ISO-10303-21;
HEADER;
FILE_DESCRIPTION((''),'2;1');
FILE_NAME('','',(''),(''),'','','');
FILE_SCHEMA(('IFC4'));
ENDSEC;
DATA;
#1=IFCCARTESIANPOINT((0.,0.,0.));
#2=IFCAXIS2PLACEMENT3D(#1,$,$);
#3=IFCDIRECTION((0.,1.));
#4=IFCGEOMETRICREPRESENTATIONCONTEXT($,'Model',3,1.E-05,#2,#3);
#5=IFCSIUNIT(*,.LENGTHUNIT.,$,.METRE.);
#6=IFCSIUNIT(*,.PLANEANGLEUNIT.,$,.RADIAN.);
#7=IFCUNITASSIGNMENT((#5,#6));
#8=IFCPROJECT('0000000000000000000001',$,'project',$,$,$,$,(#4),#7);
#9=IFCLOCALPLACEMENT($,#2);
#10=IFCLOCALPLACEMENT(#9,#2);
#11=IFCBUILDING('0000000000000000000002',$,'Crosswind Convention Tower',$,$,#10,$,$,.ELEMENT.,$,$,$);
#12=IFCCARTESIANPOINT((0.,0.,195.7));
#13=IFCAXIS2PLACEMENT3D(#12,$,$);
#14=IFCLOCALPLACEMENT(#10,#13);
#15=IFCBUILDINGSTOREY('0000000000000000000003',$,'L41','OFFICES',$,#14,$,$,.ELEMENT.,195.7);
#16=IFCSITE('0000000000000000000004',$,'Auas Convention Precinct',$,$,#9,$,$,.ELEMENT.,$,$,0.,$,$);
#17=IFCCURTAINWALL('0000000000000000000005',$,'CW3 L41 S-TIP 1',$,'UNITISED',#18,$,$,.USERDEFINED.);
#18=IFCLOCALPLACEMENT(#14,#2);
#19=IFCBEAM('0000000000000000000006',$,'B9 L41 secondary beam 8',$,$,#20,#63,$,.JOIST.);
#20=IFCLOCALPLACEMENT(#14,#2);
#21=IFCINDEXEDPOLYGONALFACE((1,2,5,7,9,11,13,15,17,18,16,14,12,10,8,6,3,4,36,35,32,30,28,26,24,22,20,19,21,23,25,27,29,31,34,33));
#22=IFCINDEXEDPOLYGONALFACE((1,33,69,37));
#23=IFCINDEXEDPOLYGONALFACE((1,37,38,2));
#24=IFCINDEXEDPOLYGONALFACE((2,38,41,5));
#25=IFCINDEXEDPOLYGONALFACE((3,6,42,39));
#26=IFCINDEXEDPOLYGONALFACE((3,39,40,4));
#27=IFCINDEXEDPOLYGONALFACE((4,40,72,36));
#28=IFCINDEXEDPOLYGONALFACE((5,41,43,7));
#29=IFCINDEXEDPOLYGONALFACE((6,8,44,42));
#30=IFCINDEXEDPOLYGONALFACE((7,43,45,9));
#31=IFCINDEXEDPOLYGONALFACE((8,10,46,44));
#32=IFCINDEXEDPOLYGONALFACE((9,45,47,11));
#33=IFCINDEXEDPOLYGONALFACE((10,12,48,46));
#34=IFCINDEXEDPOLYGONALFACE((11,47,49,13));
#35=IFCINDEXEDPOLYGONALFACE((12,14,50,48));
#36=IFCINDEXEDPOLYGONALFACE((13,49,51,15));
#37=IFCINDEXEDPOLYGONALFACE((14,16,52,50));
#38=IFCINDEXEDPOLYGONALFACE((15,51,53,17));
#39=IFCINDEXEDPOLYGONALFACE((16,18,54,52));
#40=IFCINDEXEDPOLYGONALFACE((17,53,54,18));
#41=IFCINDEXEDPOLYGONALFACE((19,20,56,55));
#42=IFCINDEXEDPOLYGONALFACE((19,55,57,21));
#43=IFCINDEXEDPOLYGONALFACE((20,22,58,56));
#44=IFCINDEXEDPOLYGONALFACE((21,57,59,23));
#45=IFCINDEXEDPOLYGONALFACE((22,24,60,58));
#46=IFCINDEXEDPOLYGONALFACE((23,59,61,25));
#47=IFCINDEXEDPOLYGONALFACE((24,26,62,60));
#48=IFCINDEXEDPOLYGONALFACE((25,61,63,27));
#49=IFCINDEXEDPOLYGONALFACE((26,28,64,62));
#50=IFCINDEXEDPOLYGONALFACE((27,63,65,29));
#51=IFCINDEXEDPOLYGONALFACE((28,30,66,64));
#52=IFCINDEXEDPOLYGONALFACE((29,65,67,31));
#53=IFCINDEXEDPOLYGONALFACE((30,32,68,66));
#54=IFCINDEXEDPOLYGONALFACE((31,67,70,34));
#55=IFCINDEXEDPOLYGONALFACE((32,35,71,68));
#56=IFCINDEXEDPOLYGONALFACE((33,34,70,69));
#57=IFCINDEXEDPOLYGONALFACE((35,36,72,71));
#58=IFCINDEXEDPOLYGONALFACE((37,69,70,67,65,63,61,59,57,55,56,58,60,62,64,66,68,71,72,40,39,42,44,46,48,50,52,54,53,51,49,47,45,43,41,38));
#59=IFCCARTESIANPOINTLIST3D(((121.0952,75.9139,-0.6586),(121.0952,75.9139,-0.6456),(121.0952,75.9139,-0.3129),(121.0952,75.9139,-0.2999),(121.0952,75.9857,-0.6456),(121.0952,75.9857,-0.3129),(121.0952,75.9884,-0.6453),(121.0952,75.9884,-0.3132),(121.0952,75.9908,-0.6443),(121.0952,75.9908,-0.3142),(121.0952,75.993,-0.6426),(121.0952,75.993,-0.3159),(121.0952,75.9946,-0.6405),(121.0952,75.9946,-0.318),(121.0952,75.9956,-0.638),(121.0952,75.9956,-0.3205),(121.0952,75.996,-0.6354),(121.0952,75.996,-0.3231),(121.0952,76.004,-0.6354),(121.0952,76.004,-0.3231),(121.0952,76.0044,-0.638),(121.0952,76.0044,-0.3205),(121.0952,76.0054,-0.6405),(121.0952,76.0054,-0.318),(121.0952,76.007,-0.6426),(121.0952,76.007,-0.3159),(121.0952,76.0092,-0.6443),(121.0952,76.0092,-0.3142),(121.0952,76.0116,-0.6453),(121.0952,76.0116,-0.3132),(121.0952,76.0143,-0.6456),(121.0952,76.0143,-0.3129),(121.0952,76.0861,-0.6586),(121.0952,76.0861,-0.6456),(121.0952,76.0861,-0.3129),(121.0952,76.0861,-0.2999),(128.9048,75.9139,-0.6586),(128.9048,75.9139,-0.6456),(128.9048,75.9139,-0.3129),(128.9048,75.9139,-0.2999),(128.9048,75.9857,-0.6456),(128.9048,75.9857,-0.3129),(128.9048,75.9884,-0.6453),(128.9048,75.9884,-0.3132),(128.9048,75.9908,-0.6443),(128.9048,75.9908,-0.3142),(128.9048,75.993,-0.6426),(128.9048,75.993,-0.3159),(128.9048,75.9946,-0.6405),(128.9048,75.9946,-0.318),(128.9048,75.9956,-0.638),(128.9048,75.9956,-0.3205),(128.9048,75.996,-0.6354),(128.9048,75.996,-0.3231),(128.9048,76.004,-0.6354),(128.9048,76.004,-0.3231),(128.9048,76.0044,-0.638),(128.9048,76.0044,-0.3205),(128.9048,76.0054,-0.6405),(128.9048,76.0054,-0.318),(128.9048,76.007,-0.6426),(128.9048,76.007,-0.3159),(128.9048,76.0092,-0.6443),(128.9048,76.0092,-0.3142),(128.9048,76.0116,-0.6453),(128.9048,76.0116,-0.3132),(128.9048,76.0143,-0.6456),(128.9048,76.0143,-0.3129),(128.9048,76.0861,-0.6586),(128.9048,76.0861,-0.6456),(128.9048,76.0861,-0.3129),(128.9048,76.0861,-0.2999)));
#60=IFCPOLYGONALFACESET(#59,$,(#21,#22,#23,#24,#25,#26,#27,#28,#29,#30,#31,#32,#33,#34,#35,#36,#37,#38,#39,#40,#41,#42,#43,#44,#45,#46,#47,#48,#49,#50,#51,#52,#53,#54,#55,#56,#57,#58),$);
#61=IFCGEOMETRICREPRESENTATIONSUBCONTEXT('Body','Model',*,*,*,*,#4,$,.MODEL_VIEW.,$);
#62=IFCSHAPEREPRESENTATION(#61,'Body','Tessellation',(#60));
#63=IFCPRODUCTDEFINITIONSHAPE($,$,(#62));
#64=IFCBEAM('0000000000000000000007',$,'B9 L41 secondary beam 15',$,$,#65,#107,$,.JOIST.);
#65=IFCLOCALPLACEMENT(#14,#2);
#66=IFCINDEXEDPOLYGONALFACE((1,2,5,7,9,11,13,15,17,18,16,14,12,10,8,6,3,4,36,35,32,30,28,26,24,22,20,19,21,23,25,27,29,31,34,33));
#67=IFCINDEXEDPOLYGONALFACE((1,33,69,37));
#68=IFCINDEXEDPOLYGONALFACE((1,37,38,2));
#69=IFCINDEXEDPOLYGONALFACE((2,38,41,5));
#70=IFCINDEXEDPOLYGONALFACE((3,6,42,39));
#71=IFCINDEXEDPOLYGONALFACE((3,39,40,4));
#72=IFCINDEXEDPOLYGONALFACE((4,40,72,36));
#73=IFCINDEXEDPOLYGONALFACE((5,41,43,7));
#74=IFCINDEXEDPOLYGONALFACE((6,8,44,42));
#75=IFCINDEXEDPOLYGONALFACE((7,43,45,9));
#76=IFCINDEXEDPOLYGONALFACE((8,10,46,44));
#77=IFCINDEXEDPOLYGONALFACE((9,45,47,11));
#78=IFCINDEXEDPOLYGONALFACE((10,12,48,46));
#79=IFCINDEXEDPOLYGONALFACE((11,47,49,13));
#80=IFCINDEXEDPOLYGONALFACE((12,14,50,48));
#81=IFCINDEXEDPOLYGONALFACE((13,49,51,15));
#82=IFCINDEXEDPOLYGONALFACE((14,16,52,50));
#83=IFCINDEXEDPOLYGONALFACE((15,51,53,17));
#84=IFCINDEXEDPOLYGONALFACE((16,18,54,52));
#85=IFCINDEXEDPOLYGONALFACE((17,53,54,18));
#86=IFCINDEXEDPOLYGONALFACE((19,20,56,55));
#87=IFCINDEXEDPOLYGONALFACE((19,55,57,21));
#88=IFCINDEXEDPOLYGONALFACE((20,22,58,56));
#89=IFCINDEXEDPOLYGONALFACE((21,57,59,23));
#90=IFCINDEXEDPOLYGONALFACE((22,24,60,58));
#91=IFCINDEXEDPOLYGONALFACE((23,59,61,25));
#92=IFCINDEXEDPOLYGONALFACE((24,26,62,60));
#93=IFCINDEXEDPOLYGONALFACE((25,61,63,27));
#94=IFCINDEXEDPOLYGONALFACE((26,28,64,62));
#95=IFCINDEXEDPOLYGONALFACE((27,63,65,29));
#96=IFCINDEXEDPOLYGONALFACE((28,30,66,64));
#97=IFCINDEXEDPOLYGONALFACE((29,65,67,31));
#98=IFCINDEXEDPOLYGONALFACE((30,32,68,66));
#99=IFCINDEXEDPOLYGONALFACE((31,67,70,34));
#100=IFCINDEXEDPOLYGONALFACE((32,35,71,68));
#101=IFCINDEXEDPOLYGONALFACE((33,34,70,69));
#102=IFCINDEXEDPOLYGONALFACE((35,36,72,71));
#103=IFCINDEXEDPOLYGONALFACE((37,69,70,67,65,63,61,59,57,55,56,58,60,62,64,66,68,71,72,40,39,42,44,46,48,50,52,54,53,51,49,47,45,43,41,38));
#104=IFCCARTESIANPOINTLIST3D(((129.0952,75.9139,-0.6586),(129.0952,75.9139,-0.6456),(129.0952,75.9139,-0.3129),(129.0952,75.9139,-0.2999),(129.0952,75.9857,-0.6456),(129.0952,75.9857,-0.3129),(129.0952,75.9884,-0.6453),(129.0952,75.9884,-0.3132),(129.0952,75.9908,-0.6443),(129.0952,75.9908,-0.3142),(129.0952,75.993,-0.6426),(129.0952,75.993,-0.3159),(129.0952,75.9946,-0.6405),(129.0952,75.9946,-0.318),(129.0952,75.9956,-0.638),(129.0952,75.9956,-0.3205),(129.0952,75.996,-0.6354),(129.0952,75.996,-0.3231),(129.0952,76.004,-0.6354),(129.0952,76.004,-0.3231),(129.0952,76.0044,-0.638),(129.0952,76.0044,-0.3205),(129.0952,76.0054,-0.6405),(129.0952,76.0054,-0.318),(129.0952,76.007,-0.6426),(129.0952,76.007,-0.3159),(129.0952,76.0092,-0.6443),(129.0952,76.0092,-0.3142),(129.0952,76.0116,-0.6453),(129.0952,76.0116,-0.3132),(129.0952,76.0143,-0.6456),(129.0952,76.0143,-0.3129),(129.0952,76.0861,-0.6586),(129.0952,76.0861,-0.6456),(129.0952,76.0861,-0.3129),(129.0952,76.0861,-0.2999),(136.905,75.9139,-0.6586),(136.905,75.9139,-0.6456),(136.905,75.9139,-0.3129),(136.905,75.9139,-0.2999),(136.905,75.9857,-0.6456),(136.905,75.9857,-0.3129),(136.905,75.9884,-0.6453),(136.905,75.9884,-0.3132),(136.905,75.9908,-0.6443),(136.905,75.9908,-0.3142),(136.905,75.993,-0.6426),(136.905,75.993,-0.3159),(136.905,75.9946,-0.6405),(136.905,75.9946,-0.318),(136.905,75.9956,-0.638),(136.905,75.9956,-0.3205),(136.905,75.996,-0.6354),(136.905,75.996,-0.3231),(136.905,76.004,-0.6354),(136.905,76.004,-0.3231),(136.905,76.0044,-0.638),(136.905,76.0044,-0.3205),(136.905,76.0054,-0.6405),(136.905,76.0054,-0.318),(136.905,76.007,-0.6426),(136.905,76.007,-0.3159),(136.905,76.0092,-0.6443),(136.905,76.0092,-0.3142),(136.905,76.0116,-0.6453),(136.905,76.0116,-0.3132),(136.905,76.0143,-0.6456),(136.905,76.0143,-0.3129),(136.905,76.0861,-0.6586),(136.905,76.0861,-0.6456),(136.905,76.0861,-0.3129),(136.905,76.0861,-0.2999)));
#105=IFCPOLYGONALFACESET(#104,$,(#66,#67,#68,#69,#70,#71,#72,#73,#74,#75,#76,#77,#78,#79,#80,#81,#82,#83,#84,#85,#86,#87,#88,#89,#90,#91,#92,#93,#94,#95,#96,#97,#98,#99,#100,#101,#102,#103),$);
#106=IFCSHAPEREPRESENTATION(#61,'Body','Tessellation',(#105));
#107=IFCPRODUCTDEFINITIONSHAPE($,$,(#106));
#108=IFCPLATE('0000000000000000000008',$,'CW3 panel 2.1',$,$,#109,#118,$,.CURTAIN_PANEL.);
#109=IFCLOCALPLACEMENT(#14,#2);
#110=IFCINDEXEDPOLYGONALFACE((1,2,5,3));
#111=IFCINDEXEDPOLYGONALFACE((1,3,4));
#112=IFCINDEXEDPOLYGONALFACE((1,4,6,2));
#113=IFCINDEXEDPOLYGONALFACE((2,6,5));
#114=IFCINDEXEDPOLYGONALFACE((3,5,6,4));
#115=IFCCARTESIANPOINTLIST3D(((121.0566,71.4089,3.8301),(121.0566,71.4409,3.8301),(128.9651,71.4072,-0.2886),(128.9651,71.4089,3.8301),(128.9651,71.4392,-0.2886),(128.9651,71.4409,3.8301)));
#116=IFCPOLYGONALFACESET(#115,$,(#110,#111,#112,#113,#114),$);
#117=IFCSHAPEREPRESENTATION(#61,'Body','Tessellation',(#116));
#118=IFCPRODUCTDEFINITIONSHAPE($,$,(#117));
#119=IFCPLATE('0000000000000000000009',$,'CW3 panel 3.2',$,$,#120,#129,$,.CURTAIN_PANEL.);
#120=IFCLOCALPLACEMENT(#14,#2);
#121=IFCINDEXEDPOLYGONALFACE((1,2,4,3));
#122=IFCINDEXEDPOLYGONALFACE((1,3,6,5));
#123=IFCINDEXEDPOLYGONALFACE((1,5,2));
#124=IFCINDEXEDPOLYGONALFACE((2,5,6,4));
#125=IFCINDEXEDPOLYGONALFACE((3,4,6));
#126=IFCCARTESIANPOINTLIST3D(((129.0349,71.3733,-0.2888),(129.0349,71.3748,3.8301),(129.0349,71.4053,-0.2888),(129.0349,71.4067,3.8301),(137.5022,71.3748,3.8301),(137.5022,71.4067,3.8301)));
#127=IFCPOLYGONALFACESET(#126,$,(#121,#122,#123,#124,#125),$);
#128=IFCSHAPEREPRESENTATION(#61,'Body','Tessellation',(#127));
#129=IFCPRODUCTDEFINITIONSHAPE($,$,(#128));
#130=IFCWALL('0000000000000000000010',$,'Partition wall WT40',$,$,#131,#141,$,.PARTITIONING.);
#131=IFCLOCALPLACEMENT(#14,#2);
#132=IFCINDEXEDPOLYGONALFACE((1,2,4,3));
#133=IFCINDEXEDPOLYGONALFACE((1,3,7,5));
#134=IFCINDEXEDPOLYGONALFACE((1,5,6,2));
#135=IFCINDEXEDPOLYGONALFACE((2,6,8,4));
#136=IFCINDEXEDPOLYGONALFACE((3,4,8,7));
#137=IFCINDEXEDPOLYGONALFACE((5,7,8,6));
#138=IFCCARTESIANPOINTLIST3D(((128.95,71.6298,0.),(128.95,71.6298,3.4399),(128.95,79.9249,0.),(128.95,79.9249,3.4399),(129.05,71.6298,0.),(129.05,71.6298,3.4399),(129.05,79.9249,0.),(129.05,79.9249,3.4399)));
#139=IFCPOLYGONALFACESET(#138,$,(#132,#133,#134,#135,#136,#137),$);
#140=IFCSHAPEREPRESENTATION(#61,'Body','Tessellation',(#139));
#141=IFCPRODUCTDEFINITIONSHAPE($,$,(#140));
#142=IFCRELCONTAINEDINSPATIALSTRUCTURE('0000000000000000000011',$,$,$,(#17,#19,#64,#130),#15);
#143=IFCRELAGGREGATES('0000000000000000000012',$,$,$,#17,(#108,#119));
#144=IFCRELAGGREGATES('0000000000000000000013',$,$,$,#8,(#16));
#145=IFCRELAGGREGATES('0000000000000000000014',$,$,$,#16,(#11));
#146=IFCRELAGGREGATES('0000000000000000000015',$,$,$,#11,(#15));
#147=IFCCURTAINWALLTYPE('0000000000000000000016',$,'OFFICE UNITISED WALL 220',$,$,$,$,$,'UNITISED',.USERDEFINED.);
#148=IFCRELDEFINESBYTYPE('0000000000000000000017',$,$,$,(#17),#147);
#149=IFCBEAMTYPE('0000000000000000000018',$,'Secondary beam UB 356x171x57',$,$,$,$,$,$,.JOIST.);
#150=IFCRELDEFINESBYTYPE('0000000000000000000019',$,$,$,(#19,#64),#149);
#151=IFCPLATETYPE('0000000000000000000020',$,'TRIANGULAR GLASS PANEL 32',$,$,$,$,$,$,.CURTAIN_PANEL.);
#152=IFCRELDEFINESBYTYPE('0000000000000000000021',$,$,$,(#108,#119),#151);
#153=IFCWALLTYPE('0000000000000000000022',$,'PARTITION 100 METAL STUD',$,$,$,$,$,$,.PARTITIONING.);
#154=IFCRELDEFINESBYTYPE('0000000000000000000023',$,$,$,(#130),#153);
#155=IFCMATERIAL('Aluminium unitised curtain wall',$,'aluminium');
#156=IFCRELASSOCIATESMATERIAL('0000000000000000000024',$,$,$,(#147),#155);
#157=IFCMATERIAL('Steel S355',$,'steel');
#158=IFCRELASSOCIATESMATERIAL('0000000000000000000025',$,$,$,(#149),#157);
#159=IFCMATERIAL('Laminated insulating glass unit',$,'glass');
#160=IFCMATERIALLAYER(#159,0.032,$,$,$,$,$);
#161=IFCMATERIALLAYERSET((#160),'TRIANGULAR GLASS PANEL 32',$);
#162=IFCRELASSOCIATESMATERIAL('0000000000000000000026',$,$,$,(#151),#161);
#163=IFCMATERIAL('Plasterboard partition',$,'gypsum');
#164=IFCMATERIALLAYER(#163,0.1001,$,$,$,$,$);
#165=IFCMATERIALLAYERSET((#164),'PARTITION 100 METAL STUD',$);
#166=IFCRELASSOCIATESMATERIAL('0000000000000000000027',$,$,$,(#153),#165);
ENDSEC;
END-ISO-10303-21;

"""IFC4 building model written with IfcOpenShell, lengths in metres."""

from ifc_helpers import new_model, si_unit, direction, frame, frame_2d, origin, origin_2d, place, context, subcontext, project, spatial, polyline, rectangle, i_section, outline, extrude, material, layer, layer_set, material_profile, profile_set, type_object, element, aggregate, save


model = new_model("IFC4")

# Units and contexts
model_context = context("Model", 3, precision=1e-05, world=origin(), true_north=direction((0.0, 1.0)))
body_context = subcontext(model_context, "Body", "Model", "MODEL_VIEW")
ifc_project = project(units=[si_unit("LENGTHUNIT", "METRE"), si_unit("PLANEANGLEUNIT", "RADIAN")], contexts=[model_context])

# Site, building, storey
site_placement = place(None, origin())
site = spatial("IfcSite", under=ifc_project, at=site_placement, Name="Auas Convention Precinct", CompositionType="ELEMENT", RefElevation=0.0)
building_placement = place(site_placement, origin())
building = spatial("IfcBuilding", under=site, at=building_placement, Name="Crosswind Convention Tower", CompositionType="ELEMENT")
storey_placement = place(building_placement, frame((0.0, 0.0, 195.7)))
storey = spatial("IfcBuildingStorey", under=building, at=storey_placement, Name="L41", Description="OFFICES", CompositionType="ELEMENT", Elevation=195.7)

# Shared definitions
ifc_material_1 = material(Name="Steel S355", Category="steel")

# Curtain wall
ifc_material_2 = material(Name="Aluminium unitised curtain wall", Category="aluminium")
curtain_wall_type = type_object("IfcCurtainWallType", Name="OFFICE UNITISED WALL 220", ElementType="UNITISED", PredefinedType="USERDEFINED", material=ifc_material_2)
curtain_wall_placement = place(storey_placement, origin())
curtain_wall = element("IfcCurtainWall", 1, at=curtain_wall_placement, inside=storey, type_object=curtain_wall_type, Name="CW3 L41 S-TIP 1", ObjectType="UNITISED", PredefinedType="USERDEFINED")

# Beams
ifc_material_profile_1 = material_profile(ifc_material_1, i_section(OverallWidth=0.1721, OverallDepth=0.3586, WebThickness=0.0081, FlangeThickness=0.0129, FilletRadius=0.0103, at=origin_2d()), Name="UB 356x171x57")
ifc_profile_set_1 = profile_set([ifc_material_profile_1], Name="Steel S355")
beam_type_1 = type_object("IfcBeamType", Name="Secondary beam UB 356x171x57", PredefinedType="JOIST", material=ifc_profile_set_1)
beam_1_placement = place(storey_placement, frame((121.0952, 76.0, -0.4792), z_axis=(1.0, 0.0, 0.0), x_axis=(0.0, 1.0, 0.0)))
element("IfcBeam", 2, at=beam_1_placement, inside=storey, type_object=beam_type_1, Name="B9 L41 secondary beam 8", PredefinedType="JOIST", context=body_context, shape_type="SweptSolid", body=[
    extrude(i_section(OverallWidth=0.1721, OverallDepth=0.3586, WebThickness=0.0081, FlangeThickness=0.0129, FilletRadius=0.0103, at=origin_2d()), origin(), (0.0, 0.0, 1.0), 7.8096),
])
beam_2_placement = place(storey_placement, frame((129.0952, 76.0, -0.4792), z_axis=(1.0, 0.0, 0.0), x_axis=(0.0, 1.0, 0.0)))
element("IfcBeam", 3, at=beam_2_placement, inside=storey, type_object=beam_type_1, Name="B9 L41 secondary beam 15", PredefinedType="JOIST", context=body_context, shape_type="SweptSolid", body=[
    extrude(i_section(OverallWidth=0.1721, OverallDepth=0.3586, WebThickness=0.0081, FlangeThickness=0.0129, FilletRadius=0.0103, at=origin_2d()), origin(), (0.0, 0.0, 1.0), 7.8098),
])

# Plates
ifc_material_3 = material(Name="Laminated insulating glass unit", Category="glass")
ifc_layer_1 = layer(ifc_material_3, 0.032)
ifc_layer_set_1 = layer_set([ifc_layer_1], Name="TRIANGULAR GLASS PANEL 32")
plate_type = type_object("IfcPlateType", Name="TRIANGULAR GLASS PANEL 32", PredefinedType="CURTAIN_PANEL", material=ifc_layer_set_1)
plate_1_placement = place(storey_placement, frame((128.9651, 71.4089, 3.8301), z_axis=(0.0, -1.0, 0.000415), x_axis=(-1.0, 0.0, 0.0)))
plate_1 = element("IfcPlate", 4, at=plate_1_placement, type_object=plate_type, Name="CW3 panel 2.1", PredefinedType="CURTAIN_PANEL", context=body_context, shape_type="SweptSolid", body=[
    extrude(outline(polyline([(0.0, 0.0), (7.9084, 0.0), (0.0, 4.1187), (0.0, 0.0)])), origin(), (0.0, 0.0, -1.0), 0.032),
])
plate_2_placement = place(storey_placement, frame((129.0349, 71.3748, 3.8301), z_axis=(0.0, -1.0, 0.000356), x_axis=(0.0, -0.000356, -1.0)))
plate_2 = element("IfcPlate", 5, at=plate_2_placement, type_object=plate_type, Name="CW3 panel 3.2", PredefinedType="CURTAIN_PANEL", context=body_context, shape_type="SweptSolid", body=[
    extrude(outline(polyline([(0.0, 0.0), (4.1189, 0.0), (0.0, 8.4673), (0.0, 0.0)])), origin(), (0.0, 0.0, -1.0), 0.032),
])
aggregate(curtain_wall, [plate_1, plate_2])

# Wall
ifc_material_4 = material(Name="Plasterboard partition", Category="gypsum")
ifc_layer_2 = layer(ifc_material_4, 0.1001)
ifc_layer_set_2 = layer_set([ifc_layer_2], Name="PARTITION 100 METAL STUD")
wall_type_1 = type_object("IfcWallType", Name="PARTITION 100 METAL STUD", PredefinedType="PARTITIONING", material=ifc_layer_set_2)
wall_1_placement = place(storey_placement, frame((129.0, 71.6299, 0.0), z_axis=(0.0, 0.0, 1.0), x_axis=(0.0, 1.0, 0.0)))
element("IfcWall", 6, at=wall_1_placement, inside=storey, type_object=wall_type_1, Name="Partition wall WT40", PredefinedType="PARTITIONING", context=body_context, shape_type="SweptSolid", body=[
    extrude(rectangle(XDim=8.2952, YDim=0.1001, at=frame_2d((4.1475, 0.0))), origin(), (0.0, 0.0, 1.0), 3.4399),
])

save(model, "model.ifc")
